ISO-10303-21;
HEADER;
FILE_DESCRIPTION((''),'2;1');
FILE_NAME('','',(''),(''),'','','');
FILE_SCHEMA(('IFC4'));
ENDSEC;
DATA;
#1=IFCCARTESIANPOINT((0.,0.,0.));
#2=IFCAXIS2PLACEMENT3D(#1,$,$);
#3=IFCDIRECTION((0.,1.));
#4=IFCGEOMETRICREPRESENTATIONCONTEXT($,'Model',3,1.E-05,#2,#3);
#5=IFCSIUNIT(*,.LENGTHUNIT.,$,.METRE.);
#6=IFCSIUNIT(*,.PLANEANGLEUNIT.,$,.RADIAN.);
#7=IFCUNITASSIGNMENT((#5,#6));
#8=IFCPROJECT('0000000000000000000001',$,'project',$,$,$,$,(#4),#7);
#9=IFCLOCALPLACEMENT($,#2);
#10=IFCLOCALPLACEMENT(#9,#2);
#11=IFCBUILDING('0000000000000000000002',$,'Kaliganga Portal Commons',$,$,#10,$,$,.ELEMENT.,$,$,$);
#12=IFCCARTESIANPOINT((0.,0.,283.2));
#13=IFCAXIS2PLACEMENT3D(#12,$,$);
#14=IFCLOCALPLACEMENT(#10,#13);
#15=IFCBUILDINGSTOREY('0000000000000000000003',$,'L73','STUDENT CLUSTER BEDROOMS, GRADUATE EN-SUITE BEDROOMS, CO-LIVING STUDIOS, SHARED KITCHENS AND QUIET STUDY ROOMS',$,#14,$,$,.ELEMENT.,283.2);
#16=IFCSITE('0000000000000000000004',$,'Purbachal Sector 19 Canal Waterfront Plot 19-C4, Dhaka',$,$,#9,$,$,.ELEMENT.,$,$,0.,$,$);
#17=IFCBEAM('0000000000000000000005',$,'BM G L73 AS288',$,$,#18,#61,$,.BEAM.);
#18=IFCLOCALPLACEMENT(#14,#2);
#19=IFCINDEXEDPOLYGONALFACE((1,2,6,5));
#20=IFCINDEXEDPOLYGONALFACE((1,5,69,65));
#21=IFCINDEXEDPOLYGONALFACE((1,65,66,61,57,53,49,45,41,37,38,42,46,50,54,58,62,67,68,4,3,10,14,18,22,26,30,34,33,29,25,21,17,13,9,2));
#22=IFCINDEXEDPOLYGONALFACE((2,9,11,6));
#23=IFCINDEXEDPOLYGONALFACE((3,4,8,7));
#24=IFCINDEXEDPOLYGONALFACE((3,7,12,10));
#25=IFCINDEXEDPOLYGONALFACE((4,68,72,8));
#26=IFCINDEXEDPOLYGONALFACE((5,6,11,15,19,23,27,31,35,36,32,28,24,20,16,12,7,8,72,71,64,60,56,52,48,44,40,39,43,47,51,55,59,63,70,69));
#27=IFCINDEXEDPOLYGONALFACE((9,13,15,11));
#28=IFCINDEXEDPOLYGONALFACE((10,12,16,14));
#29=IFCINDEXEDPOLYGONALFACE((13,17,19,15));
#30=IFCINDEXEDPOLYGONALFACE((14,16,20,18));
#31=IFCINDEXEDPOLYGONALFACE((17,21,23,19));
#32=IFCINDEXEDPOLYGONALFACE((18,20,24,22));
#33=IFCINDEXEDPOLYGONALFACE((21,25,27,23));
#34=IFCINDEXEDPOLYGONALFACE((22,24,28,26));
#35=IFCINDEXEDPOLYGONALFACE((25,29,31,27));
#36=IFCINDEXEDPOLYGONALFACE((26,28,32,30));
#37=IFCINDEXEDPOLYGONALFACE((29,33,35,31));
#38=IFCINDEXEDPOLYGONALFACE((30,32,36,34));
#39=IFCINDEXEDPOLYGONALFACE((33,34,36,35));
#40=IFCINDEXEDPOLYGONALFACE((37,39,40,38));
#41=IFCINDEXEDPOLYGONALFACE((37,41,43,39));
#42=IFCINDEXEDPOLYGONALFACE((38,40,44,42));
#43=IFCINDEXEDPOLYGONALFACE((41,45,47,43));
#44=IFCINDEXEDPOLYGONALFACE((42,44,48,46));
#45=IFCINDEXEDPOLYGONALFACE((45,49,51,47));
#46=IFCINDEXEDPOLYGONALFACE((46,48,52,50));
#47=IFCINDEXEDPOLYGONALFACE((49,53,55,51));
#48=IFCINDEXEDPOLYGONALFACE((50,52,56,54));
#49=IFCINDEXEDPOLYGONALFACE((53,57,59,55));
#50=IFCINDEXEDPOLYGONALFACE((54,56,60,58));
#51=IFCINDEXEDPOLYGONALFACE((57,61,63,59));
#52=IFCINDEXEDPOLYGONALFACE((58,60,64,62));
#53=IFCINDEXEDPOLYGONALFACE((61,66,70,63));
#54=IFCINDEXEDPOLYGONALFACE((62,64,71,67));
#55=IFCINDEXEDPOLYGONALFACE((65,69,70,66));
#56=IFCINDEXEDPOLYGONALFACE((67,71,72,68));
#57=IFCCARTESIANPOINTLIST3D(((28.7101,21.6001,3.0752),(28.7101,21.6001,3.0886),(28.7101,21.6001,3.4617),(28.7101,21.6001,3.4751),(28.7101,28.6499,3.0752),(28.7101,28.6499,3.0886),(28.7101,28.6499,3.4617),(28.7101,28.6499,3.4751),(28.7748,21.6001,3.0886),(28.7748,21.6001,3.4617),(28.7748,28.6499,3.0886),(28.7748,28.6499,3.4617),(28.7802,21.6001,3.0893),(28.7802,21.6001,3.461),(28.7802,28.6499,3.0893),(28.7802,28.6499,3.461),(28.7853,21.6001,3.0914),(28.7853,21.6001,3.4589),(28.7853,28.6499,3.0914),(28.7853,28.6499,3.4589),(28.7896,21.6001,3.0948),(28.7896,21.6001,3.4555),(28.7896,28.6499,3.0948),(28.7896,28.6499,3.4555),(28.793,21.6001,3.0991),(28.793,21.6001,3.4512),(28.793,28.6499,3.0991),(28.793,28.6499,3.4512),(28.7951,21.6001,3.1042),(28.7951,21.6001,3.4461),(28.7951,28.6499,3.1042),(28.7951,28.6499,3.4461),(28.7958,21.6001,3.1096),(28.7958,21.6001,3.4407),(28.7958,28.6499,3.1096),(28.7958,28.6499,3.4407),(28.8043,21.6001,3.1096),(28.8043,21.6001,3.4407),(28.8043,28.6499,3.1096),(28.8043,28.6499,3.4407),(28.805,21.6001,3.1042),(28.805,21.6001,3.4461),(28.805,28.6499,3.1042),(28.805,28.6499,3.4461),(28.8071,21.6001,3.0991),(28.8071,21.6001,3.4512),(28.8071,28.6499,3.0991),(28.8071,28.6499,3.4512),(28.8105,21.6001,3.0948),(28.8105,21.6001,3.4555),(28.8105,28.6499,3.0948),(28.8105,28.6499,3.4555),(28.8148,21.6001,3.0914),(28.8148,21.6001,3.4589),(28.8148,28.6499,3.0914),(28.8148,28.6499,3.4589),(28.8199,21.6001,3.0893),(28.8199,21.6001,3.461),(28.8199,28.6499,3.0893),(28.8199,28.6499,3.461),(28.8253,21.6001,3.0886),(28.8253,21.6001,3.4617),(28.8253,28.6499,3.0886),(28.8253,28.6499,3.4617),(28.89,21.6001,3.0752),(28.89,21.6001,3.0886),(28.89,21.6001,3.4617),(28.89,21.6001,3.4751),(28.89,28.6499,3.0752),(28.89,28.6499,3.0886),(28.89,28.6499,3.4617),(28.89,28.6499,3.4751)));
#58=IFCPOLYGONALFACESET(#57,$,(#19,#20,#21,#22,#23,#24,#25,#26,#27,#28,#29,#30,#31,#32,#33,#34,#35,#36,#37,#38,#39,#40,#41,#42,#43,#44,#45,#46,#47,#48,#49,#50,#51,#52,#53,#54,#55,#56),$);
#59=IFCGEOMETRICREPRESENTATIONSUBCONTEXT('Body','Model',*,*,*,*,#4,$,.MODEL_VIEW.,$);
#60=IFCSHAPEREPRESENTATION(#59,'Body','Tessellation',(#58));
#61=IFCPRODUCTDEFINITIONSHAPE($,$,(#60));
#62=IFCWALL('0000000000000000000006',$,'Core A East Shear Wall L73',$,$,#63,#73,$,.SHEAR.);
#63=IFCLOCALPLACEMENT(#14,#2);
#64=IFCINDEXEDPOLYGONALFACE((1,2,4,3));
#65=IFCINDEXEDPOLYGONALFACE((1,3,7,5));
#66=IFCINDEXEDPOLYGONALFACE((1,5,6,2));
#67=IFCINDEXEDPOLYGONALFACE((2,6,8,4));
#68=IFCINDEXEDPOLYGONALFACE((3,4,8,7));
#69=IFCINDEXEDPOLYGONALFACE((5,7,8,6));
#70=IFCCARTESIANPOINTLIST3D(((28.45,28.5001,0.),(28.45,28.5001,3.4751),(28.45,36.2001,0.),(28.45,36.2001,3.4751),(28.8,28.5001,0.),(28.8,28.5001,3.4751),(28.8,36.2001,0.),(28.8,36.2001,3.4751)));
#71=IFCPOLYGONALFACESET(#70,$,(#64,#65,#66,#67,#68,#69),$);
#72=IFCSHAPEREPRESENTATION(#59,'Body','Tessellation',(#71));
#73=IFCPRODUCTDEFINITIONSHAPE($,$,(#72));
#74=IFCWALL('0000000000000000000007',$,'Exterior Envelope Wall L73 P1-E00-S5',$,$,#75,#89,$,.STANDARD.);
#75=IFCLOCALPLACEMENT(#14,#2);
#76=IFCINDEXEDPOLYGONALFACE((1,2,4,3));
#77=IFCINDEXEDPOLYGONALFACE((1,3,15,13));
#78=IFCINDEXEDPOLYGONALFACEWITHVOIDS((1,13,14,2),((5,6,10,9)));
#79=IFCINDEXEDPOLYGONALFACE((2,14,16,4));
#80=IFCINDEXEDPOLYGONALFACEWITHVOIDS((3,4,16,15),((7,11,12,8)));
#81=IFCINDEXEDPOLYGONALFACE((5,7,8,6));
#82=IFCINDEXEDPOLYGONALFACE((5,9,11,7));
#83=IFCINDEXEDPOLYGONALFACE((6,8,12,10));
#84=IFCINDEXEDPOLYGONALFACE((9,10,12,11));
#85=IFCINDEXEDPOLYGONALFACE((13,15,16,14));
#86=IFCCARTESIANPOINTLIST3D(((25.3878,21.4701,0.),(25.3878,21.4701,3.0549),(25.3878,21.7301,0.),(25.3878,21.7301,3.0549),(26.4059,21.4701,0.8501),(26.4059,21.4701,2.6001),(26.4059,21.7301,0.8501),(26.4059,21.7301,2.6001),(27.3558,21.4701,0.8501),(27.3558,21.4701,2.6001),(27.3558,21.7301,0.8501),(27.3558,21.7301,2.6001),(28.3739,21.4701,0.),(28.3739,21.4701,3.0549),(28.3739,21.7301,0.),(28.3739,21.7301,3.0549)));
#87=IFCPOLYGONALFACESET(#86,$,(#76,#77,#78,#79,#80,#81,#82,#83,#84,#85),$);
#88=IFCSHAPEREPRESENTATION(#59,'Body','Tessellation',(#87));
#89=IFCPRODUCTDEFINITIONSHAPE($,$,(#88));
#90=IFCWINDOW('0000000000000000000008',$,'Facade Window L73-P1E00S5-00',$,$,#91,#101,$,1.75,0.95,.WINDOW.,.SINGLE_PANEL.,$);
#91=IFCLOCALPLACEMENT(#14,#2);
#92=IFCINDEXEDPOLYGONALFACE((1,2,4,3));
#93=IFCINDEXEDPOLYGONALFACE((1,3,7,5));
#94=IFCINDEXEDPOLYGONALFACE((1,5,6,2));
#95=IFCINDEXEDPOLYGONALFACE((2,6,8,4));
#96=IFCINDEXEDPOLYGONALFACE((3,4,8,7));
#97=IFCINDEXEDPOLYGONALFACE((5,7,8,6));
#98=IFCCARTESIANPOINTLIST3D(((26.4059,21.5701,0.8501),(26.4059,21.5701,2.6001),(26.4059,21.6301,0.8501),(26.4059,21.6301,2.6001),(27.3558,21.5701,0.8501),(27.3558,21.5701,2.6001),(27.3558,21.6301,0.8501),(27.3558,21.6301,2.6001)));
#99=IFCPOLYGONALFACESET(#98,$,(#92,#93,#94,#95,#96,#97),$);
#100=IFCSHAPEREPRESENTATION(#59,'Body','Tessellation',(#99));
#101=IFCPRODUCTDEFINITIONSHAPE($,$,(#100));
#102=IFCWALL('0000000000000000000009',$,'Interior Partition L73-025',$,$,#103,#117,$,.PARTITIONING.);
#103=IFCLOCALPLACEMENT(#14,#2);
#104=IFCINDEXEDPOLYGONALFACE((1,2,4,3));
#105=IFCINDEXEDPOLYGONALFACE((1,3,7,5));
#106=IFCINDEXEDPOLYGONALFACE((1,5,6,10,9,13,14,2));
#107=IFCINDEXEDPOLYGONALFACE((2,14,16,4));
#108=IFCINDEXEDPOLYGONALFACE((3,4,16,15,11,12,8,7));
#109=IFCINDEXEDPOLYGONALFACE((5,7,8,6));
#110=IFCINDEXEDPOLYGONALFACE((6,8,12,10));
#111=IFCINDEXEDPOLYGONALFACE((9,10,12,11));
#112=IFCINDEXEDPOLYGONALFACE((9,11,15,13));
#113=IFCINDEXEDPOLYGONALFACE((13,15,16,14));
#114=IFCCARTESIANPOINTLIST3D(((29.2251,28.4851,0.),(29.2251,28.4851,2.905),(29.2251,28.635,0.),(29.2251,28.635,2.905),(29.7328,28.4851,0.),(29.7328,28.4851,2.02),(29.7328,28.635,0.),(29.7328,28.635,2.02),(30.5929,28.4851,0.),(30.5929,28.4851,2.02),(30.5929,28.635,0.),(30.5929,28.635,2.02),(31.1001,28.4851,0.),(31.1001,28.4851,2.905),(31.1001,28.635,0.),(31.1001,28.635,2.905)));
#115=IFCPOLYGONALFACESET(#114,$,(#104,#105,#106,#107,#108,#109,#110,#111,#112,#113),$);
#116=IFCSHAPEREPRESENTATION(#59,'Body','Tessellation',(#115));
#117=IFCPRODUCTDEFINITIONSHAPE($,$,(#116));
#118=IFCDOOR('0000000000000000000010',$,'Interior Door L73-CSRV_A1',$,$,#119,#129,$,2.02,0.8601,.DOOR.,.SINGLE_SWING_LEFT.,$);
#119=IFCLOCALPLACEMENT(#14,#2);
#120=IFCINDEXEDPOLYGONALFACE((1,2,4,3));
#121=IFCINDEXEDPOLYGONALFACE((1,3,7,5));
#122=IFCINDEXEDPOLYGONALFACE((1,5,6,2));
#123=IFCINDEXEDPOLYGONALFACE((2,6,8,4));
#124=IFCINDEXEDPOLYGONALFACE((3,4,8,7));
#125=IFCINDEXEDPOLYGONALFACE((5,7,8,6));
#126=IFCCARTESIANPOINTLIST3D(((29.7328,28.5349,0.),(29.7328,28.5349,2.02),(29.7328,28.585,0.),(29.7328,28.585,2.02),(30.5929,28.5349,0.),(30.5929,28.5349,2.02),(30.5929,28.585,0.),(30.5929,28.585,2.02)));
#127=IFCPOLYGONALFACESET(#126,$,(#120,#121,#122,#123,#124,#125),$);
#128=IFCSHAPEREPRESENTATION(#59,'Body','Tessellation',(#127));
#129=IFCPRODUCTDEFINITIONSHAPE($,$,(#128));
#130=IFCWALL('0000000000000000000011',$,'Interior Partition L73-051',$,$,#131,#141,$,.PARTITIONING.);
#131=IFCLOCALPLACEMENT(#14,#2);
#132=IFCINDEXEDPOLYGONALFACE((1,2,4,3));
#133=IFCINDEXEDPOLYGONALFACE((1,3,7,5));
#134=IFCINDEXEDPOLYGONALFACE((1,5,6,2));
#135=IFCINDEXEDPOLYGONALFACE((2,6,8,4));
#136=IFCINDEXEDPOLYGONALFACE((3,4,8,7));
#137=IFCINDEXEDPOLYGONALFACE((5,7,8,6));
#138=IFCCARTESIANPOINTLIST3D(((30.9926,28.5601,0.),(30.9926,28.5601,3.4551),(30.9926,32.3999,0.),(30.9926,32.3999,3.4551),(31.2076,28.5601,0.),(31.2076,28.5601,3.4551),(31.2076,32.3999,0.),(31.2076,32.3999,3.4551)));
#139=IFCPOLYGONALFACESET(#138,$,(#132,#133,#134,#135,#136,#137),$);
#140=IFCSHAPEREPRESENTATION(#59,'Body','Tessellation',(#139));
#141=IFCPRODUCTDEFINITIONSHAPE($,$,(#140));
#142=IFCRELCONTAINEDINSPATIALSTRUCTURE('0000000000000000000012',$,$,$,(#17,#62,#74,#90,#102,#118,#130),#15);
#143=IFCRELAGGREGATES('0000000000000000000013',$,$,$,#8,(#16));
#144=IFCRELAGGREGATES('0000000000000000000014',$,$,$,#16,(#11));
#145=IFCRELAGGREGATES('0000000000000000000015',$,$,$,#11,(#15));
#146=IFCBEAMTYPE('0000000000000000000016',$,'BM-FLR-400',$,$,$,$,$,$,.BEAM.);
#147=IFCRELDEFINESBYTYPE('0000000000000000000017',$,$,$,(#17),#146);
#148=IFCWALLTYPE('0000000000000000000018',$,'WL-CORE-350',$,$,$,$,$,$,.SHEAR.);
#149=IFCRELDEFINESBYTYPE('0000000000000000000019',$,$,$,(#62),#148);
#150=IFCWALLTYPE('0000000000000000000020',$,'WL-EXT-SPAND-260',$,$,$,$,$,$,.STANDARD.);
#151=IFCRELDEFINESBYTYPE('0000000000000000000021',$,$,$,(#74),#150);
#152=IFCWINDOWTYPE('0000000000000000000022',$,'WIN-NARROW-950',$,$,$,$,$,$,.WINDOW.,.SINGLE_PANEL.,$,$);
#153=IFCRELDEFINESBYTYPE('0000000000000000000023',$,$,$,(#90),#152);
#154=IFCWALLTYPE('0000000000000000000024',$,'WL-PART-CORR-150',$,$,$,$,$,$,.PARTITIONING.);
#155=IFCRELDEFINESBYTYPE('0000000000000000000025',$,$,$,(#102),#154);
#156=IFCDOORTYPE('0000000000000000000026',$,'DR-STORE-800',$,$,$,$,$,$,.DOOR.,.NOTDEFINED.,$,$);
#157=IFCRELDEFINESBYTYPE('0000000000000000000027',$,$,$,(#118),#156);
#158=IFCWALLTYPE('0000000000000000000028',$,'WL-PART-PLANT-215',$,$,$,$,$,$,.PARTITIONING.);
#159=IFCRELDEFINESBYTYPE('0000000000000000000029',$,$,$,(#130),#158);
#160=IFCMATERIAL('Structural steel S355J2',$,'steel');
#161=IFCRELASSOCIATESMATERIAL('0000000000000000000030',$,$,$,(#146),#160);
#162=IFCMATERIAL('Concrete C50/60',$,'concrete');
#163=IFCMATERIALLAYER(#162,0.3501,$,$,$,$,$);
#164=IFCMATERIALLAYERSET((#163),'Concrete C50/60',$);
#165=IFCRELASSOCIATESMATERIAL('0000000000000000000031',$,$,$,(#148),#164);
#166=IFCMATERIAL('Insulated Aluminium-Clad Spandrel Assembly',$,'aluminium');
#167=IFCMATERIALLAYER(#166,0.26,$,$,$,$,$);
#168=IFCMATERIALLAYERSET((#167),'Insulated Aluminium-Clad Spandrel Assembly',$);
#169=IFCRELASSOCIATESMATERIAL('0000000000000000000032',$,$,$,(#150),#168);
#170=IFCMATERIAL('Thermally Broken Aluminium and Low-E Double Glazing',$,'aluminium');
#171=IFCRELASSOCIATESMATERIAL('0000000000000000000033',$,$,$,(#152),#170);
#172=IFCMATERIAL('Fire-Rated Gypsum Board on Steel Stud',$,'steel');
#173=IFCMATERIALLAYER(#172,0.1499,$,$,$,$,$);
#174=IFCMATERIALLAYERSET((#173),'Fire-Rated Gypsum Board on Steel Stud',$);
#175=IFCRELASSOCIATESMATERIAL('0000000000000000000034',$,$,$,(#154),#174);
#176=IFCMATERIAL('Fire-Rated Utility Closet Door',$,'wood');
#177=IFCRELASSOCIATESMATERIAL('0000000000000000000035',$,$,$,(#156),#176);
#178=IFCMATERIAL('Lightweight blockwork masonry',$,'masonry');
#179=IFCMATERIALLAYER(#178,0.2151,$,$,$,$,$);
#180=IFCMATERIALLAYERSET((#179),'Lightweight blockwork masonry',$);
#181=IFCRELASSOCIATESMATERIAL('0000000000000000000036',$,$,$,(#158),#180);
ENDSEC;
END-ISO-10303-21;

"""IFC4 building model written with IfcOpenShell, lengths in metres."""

from ifc_helpers import new_model, si_unit, direction, frame, frame_2d, origin, origin_2d, place, context, subcontext, project, spatial, rectangle, i_section, extrude, source, transform, mapped, material, layer, layer_set, material_profile, profile_set, type_object, element, fill, save


model = new_model("IFC4")

# Units and contexts
model_context = context("Model", 3, precision=1e-05, world=origin(), true_north=direction((0.0, 1.0)))
body_context = subcontext(model_context, "Body", "Model", "MODEL_VIEW")
ifc_project = project(units=[si_unit("LENGTHUNIT", "METRE"), si_unit("PLANEANGLEUNIT", "RADIAN")], contexts=[model_context])

# Site, building, storey
site_placement = place(None, origin())
site = spatial("IfcSite", under=ifc_project, at=site_placement, Name="Purbachal Sector 19 Canal Waterfront Plot 19-C4, Dhaka", CompositionType="ELEMENT", RefElevation=0.0)
building_placement = place(site_placement, origin())
building = spatial("IfcBuilding", under=site, at=building_placement, Name="Kaliganga Portal Commons", CompositionType="ELEMENT")
storey_placement = place(building_placement, frame((0.0, 0.0, 283.2)))
storey = spatial("IfcBuildingStorey", under=building, at=storey_placement, Name="L73", Description="STUDENT CLUSTER BEDROOMS, GRADUATE EN-SUITE BEDROOMS, CO-LIVING STUDIOS, SHARED KITCHENS AND QUIET STUDY ROOMS", CompositionType="ELEMENT", Elevation=283.2)

# Shared definitions
ifc_material_1 = material(Name="Concrete C50/60", Category="concrete")

# Beam
ifc_material_2 = material(Name="Structural steel S355J2", Category="steel")
ifc_material_profile_1 = material_profile(ifc_material_2, i_section(OverallWidth=0.1799, OverallDepth=0.3999, WebThickness=0.0085, FlangeThickness=0.0134, FilletRadius=0.021, at=origin_2d()), Name="IPE 400")
ifc_profile_set_1 = profile_set([ifc_material_profile_1], Name="Structural steel S355J2 wide-flange")
beam_type_1 = type_object("IfcBeamType", Name="BM-FLR-400", PredefinedType="BEAM", material=ifc_profile_set_1)
shared_shape_1 = source(origin(), body_context, "Body", "SweptSolid", [
    extrude(i_section(OverallWidth=0.1799, OverallDepth=0.3999, WebThickness=0.0085, FlangeThickness=0.0134, FilletRadius=0.021, at=origin_2d()), origin(), (0.0, 0.0, 1.0), 7.0498),
])
beam_1_placement = place(storey_placement, frame((28.8, 21.6001, 3.2751), z_axis=(0.0, 1.0, 0.0), x_axis=(-1.0, 0.0, 0.0)))
element("IfcBeam", 1, at=beam_1_placement, inside=storey, type_object=beam_type_1, Name="BM G L73 AS288", PredefinedType="BEAM", context=body_context, shape_type="MappedRepresentation", body=[
    mapped(shared_shape_1, transform((0.0, 0.0, 0.0), x_axis=(1.0, 0.0, 0.0), y_axis=(0.0, 1.0, 0.0), z_axis=(0.0, 0.0, 1.0), scale=1.0)),
])

# Wall
ifc_layer_1 = layer(ifc_material_1, 0.3501)
ifc_layer_set_1 = layer_set([ifc_layer_1], Name="Concrete C50/60")
wall_type_1 = type_object("IfcWallType", Name="WL-CORE-350", PredefinedType="SHEAR", material=ifc_layer_set_1)
wall_1_placement = place(storey_placement, frame((28.625, 28.5, 0.0), z_axis=(0.0, 0.0, 1.0), x_axis=(0.0, 1.0, 0.0)))
element("IfcWall", 2, at=wall_1_placement, inside=storey, type_object=wall_type_1, Name="Core A East Shear Wall L73", PredefinedType="SHEAR", context=body_context, shape_type="SweptSolid", body=[
    extrude(rectangle(XDim=7.7, YDim=0.3501, at=frame_2d((3.8501, 0.0))), origin(), (0.0, 0.0, 1.0), 3.4751),
])

# Wall, opening, window
ifc_material_3 = material(Name="Insulated Aluminium-Clad Spandrel Assembly", Category="aluminium")
ifc_layer_2 = layer(ifc_material_3, 0.26)
ifc_layer_set_2 = layer_set([ifc_layer_2], Name="Insulated Aluminium-Clad Spandrel Assembly")
wall_type_2 = type_object("IfcWallType", Name="WL-EXT-SPAND-260", PredefinedType="STANDARD", material=ifc_layer_set_2)
wall_2_placement = place(storey_placement, frame((28.374, 21.6001, 0.0), z_axis=(0.0, 0.0, 1.0), x_axis=(-1.0, 0.0, 0.0)))
wall_2 = element("IfcWall", 3, at=wall_2_placement, inside=storey, type_object=wall_type_2, Name="Exterior Envelope Wall L73 P1-E00-S5", PredefinedType="STANDARD", context=body_context, shape_type="SweptSolid", body=[
    extrude(rectangle(XDim=2.9861, YDim=0.26, at=frame_2d((1.4932, 0.0))), origin(), (0.0, 0.0, 1.0), 3.0549),
])
opening_1_placement = place(wall_2_placement, frame((1.0181, 0.0, 0.8501)))
opening_1 = element("IfcOpeningElement", 4, at=opening_1_placement, cuts=wall_2, PredefinedType="OPENING", context=body_context, shape_type="SweptSolid", body=[
    extrude(rectangle(XDim=0.95, YDim=1.75, at=frame_2d((0.4751, 0.875))), frame((0.0, 0.1401, 0.0), z_axis=(0.0, -1.0, 0.0), x_axis=(1.0, 0.0, 0.0)), (0.0, 0.0, 1.0), 0.28),
])
ifc_material_4 = material(Name="Thermally Broken Aluminium and Low-E Double Glazing", Category="aluminium")
window_type = type_object("IfcWindowType", Name="WIN-NARROW-950", PartitioningType="SINGLE_PANEL", PredefinedType="WINDOW", material=ifc_material_4)
window_placement = place(opening_1_placement, origin())
window = element("IfcWindow", 5, at=window_placement, inside=storey, type_object=window_type, Name="Facade Window L73-P1E00S5-00", OverallHeight=1.75, OverallWidth=0.95, PartitioningType="SINGLE_PANEL", PredefinedType="WINDOW", context=body_context, shape_type="SweptSolid", body=[
    extrude(rectangle(XDim=0.95, YDim=1.75, at=frame_2d((0.4751, 0.875))), frame((0.0, 0.03, 0.0), z_axis=(0.0, -1.0, 0.0), x_axis=(1.0, 0.0, 0.0)), (0.0, 0.0, 1.0), 0.0601),
])
fill(opening_1, window)

# Wall, opening, door
ifc_material_5 = material(Name="Fire-Rated Gypsum Board on Steel Stud", Category="steel")
ifc_layer_3 = layer(ifc_material_5, 0.1499)
ifc_layer_set_3 = layer_set([ifc_layer_3], Name="Fire-Rated Gypsum Board on Steel Stud")
wall_type_3 = type_object("IfcWallType", Name="WL-PART-CORR-150", PredefinedType="PARTITIONING", material=ifc_layer_set_3)
wall_3_placement = place(storey_placement, frame((29.2251, 28.5601, 0.0), z_axis=(0.0, 0.0, 1.0), x_axis=(1.0, 0.0, 0.0)))
wall_3 = element("IfcWall", 6, at=wall_3_placement, inside=storey, type_object=wall_type_3, Name="Interior Partition L73-025", PredefinedType="PARTITIONING", context=body_context, shape_type="SweptSolid", body=[
    extrude(rectangle(XDim=1.875, YDim=0.1499, at=frame_2d((0.9375, 0.0))), origin(), (0.0, 0.0, 1.0), 2.905),
])
opening_2_placement = place(wall_3_placement, frame((0.5076, 0.0, 0.0)))
opening_2 = element("IfcOpeningElement", 7, at=opening_2_placement, cuts=wall_3, PredefinedType="OPENING", context=body_context, shape_type="SweptSolid", body=[
    extrude(rectangle(XDim=0.8601, YDim=2.02, at=frame_2d((0.4302, 1.01))), frame((0.0, 0.085, 0.0), z_axis=(0.0, -1.0, 0.0), x_axis=(1.0, 0.0, 0.0)), (0.0, 0.0, 1.0), 0.1699),
])
ifc_material_6 = material(Name="Fire-Rated Utility Closet Door", Category="wood")
door_type_1 = type_object("IfcDoorType", Name="DR-STORE-800", OperationType="NOTDEFINED", PredefinedType="DOOR", material=ifc_material_6)
door_1_placement = place(opening_2_placement, origin())
door_1 = element("IfcDoor", 8, at=door_1_placement, inside=storey, type_object=door_type_1, Name="Interior Door L73-CSRV_A1", OperationType="SINGLE_SWING_LEFT", OverallHeight=2.02, OverallWidth=0.8601, PredefinedType="DOOR", context=body_context, shape_type="SweptSolid", body=[
    extrude(rectangle(XDim=0.8601, YDim=2.02, at=frame_2d((0.4302, 1.01))), frame((0.0, 0.0249, 0.0), z_axis=(0.0, -1.0, 0.0), x_axis=(1.0, 0.0, 0.0)), (0.0, 0.0, 1.0), 0.05),
])
fill(opening_2, door_1)
ifc_material_7 = material(Name="Lightweight blockwork masonry", Category="masonry")
ifc_layer_4 = layer(ifc_material_7, 0.2151)
ifc_layer_set_4 = layer_set([ifc_layer_4], Name="Lightweight blockwork masonry")
wall_type_4 = type_object("IfcWallType", Name="WL-PART-PLANT-215", PredefinedType="PARTITIONING", material=ifc_layer_set_4)

# Wall
wall_4_placement = place(storey_placement, frame((31.1001, 28.5601, 0.0), z_axis=(0.0, 0.0, 1.0), x_axis=(0.0, 1.0, 0.0)))
element("IfcWall", 9, at=wall_4_placement, inside=storey, type_object=wall_type_4, Name="Interior Partition L73-051", PredefinedType="PARTITIONING", context=body_context, shape_type="SweptSolid", body=[
    extrude(rectangle(XDim=3.8398, YDim=0.2151, at=frame_2d((1.9199, 0.0))), origin(), (0.0, 0.0, 1.0), 3.4551),
])

save(model, "model.ifc")
